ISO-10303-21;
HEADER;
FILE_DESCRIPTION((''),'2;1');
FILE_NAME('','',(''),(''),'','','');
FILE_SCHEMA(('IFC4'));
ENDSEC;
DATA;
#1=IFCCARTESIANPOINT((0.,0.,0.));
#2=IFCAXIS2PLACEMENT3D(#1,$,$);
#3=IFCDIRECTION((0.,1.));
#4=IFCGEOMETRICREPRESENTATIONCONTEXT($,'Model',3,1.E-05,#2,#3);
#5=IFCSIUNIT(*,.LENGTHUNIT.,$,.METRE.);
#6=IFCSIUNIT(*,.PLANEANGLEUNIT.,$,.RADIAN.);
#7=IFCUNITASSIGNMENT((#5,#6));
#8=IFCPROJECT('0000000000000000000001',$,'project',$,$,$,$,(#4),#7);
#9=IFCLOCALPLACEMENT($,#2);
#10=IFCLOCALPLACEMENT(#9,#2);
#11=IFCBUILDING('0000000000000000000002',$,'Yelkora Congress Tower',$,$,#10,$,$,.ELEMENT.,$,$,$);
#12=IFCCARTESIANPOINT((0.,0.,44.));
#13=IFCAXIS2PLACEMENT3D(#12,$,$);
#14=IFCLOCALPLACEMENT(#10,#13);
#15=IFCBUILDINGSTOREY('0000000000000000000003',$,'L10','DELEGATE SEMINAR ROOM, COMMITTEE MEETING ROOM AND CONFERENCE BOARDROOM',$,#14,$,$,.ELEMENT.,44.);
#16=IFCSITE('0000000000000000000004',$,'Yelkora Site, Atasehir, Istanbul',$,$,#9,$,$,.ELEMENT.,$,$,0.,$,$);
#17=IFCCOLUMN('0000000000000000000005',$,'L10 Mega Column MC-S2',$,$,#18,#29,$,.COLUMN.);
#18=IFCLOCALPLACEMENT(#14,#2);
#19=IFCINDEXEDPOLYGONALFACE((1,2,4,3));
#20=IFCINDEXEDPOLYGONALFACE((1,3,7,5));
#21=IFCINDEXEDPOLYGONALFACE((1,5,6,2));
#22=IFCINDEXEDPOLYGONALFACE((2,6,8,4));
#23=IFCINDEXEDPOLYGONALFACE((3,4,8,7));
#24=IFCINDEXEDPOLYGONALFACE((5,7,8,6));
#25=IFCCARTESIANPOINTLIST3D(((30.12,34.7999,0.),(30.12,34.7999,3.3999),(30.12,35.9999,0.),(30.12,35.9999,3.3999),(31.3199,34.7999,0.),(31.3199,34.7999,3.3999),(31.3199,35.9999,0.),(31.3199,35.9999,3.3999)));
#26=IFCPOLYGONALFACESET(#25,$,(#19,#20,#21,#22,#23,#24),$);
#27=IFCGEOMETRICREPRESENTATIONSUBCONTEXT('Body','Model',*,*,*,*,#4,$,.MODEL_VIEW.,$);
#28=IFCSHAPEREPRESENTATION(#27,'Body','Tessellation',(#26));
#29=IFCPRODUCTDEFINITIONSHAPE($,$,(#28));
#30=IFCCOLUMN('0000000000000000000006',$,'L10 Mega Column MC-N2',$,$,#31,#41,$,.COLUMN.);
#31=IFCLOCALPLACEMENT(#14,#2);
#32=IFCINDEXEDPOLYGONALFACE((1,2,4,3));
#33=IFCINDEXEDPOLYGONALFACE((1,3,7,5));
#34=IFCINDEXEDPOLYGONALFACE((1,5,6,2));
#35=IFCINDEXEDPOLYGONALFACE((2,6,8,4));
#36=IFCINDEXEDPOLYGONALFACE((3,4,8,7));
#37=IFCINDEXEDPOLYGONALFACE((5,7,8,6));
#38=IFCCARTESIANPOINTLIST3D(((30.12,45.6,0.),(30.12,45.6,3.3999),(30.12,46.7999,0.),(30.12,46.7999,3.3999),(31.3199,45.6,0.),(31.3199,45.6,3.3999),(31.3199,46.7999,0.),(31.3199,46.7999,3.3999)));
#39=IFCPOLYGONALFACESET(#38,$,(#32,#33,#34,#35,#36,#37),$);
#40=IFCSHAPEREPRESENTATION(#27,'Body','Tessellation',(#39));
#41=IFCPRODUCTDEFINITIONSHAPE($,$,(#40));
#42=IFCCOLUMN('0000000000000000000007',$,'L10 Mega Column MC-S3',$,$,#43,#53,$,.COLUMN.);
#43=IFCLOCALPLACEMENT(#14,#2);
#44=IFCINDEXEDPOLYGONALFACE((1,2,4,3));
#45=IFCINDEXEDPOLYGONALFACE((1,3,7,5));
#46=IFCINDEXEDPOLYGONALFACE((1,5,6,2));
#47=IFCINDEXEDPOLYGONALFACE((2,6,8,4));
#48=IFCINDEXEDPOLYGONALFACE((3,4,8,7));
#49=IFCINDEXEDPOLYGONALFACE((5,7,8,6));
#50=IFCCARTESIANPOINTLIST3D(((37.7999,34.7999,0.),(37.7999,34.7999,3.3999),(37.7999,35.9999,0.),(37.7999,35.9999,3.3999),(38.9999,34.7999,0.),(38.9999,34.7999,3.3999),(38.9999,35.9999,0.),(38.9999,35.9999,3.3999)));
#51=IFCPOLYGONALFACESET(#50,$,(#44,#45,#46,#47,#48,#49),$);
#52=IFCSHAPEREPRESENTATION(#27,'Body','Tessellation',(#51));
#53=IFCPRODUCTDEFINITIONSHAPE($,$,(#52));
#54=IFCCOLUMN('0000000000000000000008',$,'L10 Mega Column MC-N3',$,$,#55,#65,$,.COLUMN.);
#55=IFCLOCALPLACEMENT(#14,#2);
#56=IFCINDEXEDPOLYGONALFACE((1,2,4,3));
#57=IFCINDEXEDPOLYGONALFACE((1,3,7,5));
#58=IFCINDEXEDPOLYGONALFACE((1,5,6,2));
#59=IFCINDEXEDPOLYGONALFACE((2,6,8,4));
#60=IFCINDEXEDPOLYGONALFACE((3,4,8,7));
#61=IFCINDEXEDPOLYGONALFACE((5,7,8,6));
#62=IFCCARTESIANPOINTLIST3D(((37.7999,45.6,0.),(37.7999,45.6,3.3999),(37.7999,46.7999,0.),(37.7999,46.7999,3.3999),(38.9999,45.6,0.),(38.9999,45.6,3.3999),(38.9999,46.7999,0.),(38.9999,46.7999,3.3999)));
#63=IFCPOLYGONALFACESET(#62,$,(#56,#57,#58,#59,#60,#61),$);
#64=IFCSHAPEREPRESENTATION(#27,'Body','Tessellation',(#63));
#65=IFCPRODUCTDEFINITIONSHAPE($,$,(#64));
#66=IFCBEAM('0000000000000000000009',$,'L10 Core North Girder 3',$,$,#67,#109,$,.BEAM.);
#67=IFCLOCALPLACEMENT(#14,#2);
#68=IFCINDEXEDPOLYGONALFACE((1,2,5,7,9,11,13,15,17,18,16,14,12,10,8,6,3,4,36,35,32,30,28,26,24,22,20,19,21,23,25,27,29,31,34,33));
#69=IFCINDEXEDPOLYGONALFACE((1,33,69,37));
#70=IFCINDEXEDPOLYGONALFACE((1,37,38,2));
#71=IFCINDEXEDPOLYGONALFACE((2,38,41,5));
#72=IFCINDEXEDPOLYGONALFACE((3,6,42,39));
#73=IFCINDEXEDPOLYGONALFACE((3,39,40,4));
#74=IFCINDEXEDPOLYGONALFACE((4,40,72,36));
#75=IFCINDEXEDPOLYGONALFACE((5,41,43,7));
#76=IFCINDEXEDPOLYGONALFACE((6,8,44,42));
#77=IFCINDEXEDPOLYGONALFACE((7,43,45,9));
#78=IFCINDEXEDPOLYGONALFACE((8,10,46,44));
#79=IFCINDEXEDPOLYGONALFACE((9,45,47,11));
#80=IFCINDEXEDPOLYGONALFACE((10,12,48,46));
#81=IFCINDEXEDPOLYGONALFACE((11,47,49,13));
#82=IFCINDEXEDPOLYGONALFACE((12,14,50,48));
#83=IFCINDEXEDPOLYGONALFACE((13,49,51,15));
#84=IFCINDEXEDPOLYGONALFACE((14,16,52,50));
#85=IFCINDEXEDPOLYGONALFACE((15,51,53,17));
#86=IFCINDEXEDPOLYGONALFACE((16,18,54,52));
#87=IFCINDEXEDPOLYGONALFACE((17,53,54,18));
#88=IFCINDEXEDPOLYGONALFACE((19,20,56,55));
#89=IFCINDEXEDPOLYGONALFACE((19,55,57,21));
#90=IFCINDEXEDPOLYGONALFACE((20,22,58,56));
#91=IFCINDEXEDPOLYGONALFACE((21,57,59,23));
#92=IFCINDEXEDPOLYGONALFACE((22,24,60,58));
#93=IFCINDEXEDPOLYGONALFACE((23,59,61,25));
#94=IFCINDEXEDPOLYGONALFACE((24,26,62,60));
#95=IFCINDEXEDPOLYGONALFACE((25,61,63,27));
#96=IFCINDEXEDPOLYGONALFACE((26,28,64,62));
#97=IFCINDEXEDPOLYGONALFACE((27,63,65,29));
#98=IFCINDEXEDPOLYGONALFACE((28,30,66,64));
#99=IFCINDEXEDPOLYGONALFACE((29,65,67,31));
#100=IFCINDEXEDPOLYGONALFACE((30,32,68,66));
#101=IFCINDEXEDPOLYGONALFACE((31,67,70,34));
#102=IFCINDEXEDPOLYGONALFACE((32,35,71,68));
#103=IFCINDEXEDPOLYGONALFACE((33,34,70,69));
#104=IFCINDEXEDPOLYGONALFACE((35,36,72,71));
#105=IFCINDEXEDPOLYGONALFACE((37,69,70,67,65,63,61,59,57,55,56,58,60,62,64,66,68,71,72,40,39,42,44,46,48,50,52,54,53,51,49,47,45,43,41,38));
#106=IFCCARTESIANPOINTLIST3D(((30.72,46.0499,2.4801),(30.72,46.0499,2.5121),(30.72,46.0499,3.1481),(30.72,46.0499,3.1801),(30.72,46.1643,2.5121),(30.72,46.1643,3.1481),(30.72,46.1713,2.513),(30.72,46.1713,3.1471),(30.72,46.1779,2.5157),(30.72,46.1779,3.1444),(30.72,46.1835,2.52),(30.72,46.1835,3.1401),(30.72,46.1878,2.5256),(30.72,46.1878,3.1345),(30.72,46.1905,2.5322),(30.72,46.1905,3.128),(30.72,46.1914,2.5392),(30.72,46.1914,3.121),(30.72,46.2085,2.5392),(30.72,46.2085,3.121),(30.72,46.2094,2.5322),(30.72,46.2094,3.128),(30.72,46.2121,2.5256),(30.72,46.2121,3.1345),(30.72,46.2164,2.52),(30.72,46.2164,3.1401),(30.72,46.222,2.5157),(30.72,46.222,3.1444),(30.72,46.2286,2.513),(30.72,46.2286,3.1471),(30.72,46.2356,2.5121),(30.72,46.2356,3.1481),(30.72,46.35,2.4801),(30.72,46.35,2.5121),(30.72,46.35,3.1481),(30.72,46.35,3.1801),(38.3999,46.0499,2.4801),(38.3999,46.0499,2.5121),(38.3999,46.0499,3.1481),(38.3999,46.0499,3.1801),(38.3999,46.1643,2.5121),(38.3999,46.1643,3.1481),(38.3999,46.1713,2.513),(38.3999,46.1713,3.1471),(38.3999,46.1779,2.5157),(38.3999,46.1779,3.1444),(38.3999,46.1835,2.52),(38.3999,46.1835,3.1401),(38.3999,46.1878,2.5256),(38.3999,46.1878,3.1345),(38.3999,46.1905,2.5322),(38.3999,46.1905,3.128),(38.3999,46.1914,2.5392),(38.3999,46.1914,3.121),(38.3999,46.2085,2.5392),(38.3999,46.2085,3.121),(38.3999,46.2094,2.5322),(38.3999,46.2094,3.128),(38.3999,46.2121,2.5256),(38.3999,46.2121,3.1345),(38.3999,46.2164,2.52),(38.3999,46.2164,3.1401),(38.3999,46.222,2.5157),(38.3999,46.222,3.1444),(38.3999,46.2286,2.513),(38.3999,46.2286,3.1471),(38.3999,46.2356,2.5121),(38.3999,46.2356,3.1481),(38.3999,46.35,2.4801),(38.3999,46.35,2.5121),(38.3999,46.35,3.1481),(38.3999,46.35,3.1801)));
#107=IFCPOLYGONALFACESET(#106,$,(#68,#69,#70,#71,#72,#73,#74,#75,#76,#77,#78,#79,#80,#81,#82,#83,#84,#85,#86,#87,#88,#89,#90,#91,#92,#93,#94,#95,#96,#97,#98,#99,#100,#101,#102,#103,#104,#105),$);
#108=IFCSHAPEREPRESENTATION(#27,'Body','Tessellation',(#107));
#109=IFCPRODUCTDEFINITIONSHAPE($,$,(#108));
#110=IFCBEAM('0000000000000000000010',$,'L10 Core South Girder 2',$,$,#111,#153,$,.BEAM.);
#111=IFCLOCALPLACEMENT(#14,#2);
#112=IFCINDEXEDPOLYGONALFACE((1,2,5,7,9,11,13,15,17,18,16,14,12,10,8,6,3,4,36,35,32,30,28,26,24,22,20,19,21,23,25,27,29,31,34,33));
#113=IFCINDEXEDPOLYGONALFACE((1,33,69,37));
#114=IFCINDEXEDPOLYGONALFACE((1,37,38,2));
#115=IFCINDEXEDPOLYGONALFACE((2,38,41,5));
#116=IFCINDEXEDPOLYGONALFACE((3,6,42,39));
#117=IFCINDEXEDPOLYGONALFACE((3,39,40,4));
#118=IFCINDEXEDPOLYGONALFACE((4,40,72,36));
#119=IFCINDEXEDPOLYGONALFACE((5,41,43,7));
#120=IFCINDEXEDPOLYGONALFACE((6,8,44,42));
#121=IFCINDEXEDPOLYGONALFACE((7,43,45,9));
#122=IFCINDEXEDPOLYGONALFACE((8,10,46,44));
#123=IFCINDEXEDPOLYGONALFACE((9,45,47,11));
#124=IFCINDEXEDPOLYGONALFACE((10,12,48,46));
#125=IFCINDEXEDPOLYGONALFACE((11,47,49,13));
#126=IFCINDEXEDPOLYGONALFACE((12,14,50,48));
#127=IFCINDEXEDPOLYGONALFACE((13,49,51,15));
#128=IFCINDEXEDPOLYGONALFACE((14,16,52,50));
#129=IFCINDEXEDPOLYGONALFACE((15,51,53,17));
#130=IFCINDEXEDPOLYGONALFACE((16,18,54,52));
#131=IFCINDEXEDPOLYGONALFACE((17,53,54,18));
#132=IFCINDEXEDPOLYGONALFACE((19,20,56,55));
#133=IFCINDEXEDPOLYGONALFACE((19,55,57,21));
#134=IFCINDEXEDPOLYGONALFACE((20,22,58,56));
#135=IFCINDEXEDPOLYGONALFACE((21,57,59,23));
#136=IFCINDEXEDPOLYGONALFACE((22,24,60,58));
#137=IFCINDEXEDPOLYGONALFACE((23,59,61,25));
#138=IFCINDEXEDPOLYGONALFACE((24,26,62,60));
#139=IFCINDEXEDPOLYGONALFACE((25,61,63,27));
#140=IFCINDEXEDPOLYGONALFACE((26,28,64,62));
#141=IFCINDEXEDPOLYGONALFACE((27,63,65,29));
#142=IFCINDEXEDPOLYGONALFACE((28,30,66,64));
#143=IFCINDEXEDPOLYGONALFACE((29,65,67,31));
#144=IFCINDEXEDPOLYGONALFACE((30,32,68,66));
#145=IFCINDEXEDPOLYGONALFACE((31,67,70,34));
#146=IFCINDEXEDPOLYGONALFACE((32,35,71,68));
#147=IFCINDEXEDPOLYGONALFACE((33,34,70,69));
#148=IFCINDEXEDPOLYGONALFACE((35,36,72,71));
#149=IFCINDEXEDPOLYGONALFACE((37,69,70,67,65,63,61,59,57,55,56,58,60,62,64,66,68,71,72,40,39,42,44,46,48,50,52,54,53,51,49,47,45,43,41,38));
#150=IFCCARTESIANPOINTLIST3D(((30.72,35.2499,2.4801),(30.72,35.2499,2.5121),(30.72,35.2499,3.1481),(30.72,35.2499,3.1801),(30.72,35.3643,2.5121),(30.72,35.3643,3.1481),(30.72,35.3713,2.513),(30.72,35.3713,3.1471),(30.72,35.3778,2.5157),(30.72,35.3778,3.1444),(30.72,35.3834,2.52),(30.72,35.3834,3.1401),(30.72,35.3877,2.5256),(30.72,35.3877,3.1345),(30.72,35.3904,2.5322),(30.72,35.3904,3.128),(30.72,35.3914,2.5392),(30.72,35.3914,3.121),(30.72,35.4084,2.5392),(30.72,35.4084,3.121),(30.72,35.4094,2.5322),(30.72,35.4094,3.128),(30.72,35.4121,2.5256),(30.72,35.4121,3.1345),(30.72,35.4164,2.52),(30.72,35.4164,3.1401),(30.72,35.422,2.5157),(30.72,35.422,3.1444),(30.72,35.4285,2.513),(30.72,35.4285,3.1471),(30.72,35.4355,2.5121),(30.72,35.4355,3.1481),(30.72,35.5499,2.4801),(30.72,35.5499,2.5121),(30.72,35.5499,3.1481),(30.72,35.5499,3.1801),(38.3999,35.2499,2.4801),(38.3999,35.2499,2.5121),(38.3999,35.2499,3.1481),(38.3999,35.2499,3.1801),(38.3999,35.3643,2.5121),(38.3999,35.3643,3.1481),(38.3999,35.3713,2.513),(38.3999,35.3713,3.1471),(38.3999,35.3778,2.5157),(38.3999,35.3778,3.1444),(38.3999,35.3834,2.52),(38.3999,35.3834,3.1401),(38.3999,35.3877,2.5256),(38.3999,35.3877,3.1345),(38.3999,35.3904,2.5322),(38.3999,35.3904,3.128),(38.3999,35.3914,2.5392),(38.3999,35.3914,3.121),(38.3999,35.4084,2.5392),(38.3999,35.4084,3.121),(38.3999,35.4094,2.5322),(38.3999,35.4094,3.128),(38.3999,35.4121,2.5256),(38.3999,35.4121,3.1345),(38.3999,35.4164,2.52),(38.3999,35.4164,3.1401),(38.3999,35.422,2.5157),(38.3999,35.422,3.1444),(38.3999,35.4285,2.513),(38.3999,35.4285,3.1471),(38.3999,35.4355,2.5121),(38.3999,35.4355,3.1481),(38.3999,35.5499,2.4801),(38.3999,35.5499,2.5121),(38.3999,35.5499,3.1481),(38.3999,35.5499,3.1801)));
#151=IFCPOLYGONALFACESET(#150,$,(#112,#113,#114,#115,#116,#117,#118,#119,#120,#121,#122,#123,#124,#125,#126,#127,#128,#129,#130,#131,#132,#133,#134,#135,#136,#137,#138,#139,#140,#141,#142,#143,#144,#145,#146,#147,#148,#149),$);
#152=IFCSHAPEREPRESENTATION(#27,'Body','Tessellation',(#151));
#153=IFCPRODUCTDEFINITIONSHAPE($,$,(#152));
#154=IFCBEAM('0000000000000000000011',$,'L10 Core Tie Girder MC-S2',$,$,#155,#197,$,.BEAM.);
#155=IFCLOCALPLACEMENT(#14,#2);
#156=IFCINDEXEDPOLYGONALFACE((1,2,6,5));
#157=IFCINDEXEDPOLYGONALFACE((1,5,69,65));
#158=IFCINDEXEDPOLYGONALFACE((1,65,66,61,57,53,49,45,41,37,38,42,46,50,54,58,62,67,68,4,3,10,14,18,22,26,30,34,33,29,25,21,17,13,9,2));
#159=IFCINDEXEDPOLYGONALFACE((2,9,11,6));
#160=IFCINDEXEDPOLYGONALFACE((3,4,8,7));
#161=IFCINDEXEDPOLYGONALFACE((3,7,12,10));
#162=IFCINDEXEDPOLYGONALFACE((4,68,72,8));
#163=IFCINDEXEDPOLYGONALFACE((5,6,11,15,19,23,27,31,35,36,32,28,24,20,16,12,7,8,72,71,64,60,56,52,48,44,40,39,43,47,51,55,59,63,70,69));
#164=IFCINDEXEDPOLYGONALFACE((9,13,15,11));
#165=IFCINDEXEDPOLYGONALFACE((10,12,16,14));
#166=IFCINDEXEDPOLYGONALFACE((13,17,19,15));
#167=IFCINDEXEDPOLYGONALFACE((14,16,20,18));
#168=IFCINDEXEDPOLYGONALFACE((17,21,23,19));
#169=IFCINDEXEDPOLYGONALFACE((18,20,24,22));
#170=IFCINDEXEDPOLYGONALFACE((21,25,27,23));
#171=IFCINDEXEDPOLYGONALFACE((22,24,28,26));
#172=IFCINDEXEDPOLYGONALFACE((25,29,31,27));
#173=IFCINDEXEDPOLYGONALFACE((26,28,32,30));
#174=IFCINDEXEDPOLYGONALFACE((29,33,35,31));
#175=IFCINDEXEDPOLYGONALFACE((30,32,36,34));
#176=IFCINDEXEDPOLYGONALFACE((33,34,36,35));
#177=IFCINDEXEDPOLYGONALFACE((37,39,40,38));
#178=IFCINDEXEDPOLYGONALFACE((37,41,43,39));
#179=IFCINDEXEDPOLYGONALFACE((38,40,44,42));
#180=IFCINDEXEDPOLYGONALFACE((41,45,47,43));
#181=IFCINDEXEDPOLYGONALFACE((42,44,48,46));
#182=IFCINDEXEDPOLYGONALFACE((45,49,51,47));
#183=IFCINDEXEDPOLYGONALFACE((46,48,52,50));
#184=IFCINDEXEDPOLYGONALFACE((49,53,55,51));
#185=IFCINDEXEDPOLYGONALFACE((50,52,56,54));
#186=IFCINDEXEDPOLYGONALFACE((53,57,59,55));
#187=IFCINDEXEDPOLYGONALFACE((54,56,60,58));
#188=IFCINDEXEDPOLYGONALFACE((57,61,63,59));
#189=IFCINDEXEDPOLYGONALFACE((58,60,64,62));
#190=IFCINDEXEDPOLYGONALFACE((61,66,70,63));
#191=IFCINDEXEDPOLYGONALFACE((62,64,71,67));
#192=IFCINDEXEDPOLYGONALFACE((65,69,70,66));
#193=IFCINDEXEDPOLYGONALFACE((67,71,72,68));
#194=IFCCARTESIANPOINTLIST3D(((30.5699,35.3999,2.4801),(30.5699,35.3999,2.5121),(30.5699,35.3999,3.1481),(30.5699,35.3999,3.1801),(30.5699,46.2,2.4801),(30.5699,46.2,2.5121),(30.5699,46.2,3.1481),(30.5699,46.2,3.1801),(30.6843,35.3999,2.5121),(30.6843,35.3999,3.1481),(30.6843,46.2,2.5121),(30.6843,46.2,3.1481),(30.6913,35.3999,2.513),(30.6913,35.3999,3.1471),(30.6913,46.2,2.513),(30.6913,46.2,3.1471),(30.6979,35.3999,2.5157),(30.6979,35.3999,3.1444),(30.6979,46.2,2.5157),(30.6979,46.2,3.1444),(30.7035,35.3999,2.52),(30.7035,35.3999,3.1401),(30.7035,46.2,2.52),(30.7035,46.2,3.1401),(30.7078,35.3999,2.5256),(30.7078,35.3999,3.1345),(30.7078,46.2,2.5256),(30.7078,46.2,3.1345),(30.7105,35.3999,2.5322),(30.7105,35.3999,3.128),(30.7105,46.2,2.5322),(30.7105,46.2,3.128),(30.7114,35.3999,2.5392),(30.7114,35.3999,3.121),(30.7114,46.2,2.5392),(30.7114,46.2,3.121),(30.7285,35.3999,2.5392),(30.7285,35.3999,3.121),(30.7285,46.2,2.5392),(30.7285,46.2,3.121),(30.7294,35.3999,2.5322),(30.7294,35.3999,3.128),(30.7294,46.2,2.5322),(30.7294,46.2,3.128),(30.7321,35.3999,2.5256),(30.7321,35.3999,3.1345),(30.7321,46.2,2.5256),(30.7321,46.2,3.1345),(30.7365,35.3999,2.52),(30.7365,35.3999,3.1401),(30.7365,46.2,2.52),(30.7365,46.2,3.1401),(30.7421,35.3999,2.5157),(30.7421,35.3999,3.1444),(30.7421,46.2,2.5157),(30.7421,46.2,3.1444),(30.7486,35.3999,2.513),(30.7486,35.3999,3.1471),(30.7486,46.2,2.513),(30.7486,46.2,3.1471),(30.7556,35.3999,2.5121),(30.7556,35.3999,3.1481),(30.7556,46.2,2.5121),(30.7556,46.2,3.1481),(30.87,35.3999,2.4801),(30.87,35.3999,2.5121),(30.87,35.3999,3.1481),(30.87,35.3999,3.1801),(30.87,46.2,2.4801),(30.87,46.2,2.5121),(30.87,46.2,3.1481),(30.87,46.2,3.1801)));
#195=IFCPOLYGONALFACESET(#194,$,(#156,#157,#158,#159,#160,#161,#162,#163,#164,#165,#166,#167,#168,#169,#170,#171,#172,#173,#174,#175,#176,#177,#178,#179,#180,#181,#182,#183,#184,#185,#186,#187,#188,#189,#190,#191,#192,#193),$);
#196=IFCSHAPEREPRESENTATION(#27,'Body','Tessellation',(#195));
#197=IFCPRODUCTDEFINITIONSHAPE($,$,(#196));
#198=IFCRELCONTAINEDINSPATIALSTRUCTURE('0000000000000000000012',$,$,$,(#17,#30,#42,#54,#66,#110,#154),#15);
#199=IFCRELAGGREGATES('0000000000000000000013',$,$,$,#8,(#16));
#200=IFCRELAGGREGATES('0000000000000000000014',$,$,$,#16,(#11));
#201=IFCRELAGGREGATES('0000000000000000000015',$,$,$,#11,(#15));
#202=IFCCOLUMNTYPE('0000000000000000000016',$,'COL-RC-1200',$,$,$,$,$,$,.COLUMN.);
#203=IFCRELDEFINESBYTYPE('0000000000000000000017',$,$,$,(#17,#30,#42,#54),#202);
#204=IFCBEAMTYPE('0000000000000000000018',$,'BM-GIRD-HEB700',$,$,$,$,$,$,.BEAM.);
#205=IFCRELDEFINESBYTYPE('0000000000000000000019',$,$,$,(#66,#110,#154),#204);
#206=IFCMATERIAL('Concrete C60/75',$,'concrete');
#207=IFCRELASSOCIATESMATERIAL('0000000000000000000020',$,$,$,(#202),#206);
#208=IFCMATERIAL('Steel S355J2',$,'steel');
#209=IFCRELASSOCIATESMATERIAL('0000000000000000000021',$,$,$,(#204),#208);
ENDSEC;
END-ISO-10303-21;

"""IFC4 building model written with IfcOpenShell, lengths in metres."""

from ifc_helpers import new_model, si_unit, direction, frame, origin, origin_2d, place, context, subcontext, project, spatial, rectangle, i_section, extrude, material, material_profile, profile_set, type_object, element, save


model = new_model("IFC4")

# Units and contexts
model_context = context("Model", 3, precision=1e-05, world=origin(), true_north=direction((0.0, 1.0)))
body_context = subcontext(model_context, "Body", "Model", "MODEL_VIEW")
ifc_project = project(units=[si_unit("LENGTHUNIT", "METRE"), si_unit("PLANEANGLEUNIT", "RADIAN")], contexts=[model_context])

# Site, building, storey
site_placement = place(None, origin())
site = spatial("IfcSite", under=ifc_project, at=site_placement, Name="Yelkora Site, Atasehir, Istanbul", CompositionType="ELEMENT", RefElevation=0.0)
building_placement = place(site_placement, origin())
building = spatial("IfcBuilding", under=site, at=building_placement, Name="Yelkora Congress Tower", CompositionType="ELEMENT")
storey_placement = place(building_placement, frame((0.0, 0.0, 44.0)))
storey = spatial("IfcBuildingStorey", under=building, at=storey_placement, Name="L10", Description="DELEGATE SEMINAR ROOM, COMMITTEE MEETING ROOM AND CONFERENCE BOARDROOM", CompositionType="ELEMENT", Elevation=44.0)

# Columns
ifc_material_1 = material(Name="Concrete C60/75", Category="concrete")
ifc_material_profile_1 = material_profile(ifc_material_1, rectangle(XDim=1.2, YDim=1.2, at=origin_2d()), Name="RC 1200x1200")
ifc_profile_set_1 = profile_set([ifc_material_profile_1], Name="Concrete C60/75")
column_type = type_object("IfcColumnType", Name="COL-RC-1200", PredefinedType="COLUMN", material=ifc_profile_set_1)
for number, where, z_axis, x_axis, name in (
    (1, (30.72, 35.3999, 0.0), (0.0, 0.0, 1.0), (1.0, 0.0, 0.0), "L10 Mega Column MC-S2"),
    (2, (30.72, 46.2, 0.0), (0.0, 0.0, 1.0), (1.0, 0.0, 0.0), "L10 Mega Column MC-N2"),
    (3, (38.3999, 35.3999, 0.0), (0.0, 0.0, 1.0), (1.0, 0.0, 0.0), "L10 Mega Column MC-S3"),
    (4, (38.3999, 46.2, 0.0), (0.0, 0.0, 1.0), (1.0, 0.0, 0.0), "L10 Mega Column MC-N3"),
):
    element("IfcColumn", number, at=place(storey_placement, frame(where, z_axis=z_axis, x_axis=x_axis)), inside=storey, type_object=column_type, Name=name, PredefinedType="COLUMN", context=body_context, shape_type="SweptSolid", body=[
        extrude(rectangle(XDim=1.2, YDim=1.2, at=origin_2d()), origin(), (0.0, 0.0, 1.0), 3.3999),
    ])

# Beams
ifc_material_2 = material(Name="Steel S355J2", Category="steel")
ifc_material_profile_2 = material_profile(ifc_material_2, i_section(OverallWidth=0.3, OverallDepth=0.7, WebThickness=0.0171, FlangeThickness=0.032, FilletRadius=0.0271, at=origin_2d()), Name="HEB 700")
ifc_profile_set_2 = profile_set([ifc_material_profile_2], Name="Steel S355J2")
beam_type = type_object("IfcBeamType", Name="BM-GIRD-HEB700", PredefinedType="BEAM", material=ifc_profile_set_2)
for number, where, z_axis, x_axis, name in (
    (5, (30.72, 46.2, 2.8301), (1.0, 0.0, 0.0), (0.0, 1.0, 0.0), "L10 Core North Girder 3"),
    (6, (30.72, 35.3999, 2.8301), (1.0, 0.0, 0.0), (0.0, 1.0, 0.0), "L10 Core South Girder 2"),
):
    element("IfcBeam", number, at=place(storey_placement, frame(where, z_axis=z_axis, x_axis=x_axis)), inside=storey, type_object=beam_type, Name=name, PredefinedType="BEAM", context=body_context, shape_type="SweptSolid", body=[
        extrude(i_section(OverallWidth=0.3, OverallDepth=0.7, WebThickness=0.0171, FlangeThickness=0.032, FilletRadius=0.0271, at=origin_2d()), origin(), (0.0, 0.0, 1.0), 7.6799),
    ])
beam_placement = place(storey_placement, frame((30.72, 35.3999, 2.8301), z_axis=(0.0, 1.0, 0.0), x_axis=(-1.0, 0.0, 0.0)))
element("IfcBeam", 7, at=beam_placement, inside=storey, type_object=beam_type, Name="L10 Core Tie Girder MC-S2", PredefinedType="BEAM", context=body_context, shape_type="SweptSolid", body=[
    extrude(i_section(OverallWidth=0.3, OverallDepth=0.7, WebThickness=0.0171, FlangeThickness=0.032, FilletRadius=0.0271, at=origin_2d()), origin(), (0.0, 0.0, 1.0), 10.8),
])

save(model, "model.ifc")
